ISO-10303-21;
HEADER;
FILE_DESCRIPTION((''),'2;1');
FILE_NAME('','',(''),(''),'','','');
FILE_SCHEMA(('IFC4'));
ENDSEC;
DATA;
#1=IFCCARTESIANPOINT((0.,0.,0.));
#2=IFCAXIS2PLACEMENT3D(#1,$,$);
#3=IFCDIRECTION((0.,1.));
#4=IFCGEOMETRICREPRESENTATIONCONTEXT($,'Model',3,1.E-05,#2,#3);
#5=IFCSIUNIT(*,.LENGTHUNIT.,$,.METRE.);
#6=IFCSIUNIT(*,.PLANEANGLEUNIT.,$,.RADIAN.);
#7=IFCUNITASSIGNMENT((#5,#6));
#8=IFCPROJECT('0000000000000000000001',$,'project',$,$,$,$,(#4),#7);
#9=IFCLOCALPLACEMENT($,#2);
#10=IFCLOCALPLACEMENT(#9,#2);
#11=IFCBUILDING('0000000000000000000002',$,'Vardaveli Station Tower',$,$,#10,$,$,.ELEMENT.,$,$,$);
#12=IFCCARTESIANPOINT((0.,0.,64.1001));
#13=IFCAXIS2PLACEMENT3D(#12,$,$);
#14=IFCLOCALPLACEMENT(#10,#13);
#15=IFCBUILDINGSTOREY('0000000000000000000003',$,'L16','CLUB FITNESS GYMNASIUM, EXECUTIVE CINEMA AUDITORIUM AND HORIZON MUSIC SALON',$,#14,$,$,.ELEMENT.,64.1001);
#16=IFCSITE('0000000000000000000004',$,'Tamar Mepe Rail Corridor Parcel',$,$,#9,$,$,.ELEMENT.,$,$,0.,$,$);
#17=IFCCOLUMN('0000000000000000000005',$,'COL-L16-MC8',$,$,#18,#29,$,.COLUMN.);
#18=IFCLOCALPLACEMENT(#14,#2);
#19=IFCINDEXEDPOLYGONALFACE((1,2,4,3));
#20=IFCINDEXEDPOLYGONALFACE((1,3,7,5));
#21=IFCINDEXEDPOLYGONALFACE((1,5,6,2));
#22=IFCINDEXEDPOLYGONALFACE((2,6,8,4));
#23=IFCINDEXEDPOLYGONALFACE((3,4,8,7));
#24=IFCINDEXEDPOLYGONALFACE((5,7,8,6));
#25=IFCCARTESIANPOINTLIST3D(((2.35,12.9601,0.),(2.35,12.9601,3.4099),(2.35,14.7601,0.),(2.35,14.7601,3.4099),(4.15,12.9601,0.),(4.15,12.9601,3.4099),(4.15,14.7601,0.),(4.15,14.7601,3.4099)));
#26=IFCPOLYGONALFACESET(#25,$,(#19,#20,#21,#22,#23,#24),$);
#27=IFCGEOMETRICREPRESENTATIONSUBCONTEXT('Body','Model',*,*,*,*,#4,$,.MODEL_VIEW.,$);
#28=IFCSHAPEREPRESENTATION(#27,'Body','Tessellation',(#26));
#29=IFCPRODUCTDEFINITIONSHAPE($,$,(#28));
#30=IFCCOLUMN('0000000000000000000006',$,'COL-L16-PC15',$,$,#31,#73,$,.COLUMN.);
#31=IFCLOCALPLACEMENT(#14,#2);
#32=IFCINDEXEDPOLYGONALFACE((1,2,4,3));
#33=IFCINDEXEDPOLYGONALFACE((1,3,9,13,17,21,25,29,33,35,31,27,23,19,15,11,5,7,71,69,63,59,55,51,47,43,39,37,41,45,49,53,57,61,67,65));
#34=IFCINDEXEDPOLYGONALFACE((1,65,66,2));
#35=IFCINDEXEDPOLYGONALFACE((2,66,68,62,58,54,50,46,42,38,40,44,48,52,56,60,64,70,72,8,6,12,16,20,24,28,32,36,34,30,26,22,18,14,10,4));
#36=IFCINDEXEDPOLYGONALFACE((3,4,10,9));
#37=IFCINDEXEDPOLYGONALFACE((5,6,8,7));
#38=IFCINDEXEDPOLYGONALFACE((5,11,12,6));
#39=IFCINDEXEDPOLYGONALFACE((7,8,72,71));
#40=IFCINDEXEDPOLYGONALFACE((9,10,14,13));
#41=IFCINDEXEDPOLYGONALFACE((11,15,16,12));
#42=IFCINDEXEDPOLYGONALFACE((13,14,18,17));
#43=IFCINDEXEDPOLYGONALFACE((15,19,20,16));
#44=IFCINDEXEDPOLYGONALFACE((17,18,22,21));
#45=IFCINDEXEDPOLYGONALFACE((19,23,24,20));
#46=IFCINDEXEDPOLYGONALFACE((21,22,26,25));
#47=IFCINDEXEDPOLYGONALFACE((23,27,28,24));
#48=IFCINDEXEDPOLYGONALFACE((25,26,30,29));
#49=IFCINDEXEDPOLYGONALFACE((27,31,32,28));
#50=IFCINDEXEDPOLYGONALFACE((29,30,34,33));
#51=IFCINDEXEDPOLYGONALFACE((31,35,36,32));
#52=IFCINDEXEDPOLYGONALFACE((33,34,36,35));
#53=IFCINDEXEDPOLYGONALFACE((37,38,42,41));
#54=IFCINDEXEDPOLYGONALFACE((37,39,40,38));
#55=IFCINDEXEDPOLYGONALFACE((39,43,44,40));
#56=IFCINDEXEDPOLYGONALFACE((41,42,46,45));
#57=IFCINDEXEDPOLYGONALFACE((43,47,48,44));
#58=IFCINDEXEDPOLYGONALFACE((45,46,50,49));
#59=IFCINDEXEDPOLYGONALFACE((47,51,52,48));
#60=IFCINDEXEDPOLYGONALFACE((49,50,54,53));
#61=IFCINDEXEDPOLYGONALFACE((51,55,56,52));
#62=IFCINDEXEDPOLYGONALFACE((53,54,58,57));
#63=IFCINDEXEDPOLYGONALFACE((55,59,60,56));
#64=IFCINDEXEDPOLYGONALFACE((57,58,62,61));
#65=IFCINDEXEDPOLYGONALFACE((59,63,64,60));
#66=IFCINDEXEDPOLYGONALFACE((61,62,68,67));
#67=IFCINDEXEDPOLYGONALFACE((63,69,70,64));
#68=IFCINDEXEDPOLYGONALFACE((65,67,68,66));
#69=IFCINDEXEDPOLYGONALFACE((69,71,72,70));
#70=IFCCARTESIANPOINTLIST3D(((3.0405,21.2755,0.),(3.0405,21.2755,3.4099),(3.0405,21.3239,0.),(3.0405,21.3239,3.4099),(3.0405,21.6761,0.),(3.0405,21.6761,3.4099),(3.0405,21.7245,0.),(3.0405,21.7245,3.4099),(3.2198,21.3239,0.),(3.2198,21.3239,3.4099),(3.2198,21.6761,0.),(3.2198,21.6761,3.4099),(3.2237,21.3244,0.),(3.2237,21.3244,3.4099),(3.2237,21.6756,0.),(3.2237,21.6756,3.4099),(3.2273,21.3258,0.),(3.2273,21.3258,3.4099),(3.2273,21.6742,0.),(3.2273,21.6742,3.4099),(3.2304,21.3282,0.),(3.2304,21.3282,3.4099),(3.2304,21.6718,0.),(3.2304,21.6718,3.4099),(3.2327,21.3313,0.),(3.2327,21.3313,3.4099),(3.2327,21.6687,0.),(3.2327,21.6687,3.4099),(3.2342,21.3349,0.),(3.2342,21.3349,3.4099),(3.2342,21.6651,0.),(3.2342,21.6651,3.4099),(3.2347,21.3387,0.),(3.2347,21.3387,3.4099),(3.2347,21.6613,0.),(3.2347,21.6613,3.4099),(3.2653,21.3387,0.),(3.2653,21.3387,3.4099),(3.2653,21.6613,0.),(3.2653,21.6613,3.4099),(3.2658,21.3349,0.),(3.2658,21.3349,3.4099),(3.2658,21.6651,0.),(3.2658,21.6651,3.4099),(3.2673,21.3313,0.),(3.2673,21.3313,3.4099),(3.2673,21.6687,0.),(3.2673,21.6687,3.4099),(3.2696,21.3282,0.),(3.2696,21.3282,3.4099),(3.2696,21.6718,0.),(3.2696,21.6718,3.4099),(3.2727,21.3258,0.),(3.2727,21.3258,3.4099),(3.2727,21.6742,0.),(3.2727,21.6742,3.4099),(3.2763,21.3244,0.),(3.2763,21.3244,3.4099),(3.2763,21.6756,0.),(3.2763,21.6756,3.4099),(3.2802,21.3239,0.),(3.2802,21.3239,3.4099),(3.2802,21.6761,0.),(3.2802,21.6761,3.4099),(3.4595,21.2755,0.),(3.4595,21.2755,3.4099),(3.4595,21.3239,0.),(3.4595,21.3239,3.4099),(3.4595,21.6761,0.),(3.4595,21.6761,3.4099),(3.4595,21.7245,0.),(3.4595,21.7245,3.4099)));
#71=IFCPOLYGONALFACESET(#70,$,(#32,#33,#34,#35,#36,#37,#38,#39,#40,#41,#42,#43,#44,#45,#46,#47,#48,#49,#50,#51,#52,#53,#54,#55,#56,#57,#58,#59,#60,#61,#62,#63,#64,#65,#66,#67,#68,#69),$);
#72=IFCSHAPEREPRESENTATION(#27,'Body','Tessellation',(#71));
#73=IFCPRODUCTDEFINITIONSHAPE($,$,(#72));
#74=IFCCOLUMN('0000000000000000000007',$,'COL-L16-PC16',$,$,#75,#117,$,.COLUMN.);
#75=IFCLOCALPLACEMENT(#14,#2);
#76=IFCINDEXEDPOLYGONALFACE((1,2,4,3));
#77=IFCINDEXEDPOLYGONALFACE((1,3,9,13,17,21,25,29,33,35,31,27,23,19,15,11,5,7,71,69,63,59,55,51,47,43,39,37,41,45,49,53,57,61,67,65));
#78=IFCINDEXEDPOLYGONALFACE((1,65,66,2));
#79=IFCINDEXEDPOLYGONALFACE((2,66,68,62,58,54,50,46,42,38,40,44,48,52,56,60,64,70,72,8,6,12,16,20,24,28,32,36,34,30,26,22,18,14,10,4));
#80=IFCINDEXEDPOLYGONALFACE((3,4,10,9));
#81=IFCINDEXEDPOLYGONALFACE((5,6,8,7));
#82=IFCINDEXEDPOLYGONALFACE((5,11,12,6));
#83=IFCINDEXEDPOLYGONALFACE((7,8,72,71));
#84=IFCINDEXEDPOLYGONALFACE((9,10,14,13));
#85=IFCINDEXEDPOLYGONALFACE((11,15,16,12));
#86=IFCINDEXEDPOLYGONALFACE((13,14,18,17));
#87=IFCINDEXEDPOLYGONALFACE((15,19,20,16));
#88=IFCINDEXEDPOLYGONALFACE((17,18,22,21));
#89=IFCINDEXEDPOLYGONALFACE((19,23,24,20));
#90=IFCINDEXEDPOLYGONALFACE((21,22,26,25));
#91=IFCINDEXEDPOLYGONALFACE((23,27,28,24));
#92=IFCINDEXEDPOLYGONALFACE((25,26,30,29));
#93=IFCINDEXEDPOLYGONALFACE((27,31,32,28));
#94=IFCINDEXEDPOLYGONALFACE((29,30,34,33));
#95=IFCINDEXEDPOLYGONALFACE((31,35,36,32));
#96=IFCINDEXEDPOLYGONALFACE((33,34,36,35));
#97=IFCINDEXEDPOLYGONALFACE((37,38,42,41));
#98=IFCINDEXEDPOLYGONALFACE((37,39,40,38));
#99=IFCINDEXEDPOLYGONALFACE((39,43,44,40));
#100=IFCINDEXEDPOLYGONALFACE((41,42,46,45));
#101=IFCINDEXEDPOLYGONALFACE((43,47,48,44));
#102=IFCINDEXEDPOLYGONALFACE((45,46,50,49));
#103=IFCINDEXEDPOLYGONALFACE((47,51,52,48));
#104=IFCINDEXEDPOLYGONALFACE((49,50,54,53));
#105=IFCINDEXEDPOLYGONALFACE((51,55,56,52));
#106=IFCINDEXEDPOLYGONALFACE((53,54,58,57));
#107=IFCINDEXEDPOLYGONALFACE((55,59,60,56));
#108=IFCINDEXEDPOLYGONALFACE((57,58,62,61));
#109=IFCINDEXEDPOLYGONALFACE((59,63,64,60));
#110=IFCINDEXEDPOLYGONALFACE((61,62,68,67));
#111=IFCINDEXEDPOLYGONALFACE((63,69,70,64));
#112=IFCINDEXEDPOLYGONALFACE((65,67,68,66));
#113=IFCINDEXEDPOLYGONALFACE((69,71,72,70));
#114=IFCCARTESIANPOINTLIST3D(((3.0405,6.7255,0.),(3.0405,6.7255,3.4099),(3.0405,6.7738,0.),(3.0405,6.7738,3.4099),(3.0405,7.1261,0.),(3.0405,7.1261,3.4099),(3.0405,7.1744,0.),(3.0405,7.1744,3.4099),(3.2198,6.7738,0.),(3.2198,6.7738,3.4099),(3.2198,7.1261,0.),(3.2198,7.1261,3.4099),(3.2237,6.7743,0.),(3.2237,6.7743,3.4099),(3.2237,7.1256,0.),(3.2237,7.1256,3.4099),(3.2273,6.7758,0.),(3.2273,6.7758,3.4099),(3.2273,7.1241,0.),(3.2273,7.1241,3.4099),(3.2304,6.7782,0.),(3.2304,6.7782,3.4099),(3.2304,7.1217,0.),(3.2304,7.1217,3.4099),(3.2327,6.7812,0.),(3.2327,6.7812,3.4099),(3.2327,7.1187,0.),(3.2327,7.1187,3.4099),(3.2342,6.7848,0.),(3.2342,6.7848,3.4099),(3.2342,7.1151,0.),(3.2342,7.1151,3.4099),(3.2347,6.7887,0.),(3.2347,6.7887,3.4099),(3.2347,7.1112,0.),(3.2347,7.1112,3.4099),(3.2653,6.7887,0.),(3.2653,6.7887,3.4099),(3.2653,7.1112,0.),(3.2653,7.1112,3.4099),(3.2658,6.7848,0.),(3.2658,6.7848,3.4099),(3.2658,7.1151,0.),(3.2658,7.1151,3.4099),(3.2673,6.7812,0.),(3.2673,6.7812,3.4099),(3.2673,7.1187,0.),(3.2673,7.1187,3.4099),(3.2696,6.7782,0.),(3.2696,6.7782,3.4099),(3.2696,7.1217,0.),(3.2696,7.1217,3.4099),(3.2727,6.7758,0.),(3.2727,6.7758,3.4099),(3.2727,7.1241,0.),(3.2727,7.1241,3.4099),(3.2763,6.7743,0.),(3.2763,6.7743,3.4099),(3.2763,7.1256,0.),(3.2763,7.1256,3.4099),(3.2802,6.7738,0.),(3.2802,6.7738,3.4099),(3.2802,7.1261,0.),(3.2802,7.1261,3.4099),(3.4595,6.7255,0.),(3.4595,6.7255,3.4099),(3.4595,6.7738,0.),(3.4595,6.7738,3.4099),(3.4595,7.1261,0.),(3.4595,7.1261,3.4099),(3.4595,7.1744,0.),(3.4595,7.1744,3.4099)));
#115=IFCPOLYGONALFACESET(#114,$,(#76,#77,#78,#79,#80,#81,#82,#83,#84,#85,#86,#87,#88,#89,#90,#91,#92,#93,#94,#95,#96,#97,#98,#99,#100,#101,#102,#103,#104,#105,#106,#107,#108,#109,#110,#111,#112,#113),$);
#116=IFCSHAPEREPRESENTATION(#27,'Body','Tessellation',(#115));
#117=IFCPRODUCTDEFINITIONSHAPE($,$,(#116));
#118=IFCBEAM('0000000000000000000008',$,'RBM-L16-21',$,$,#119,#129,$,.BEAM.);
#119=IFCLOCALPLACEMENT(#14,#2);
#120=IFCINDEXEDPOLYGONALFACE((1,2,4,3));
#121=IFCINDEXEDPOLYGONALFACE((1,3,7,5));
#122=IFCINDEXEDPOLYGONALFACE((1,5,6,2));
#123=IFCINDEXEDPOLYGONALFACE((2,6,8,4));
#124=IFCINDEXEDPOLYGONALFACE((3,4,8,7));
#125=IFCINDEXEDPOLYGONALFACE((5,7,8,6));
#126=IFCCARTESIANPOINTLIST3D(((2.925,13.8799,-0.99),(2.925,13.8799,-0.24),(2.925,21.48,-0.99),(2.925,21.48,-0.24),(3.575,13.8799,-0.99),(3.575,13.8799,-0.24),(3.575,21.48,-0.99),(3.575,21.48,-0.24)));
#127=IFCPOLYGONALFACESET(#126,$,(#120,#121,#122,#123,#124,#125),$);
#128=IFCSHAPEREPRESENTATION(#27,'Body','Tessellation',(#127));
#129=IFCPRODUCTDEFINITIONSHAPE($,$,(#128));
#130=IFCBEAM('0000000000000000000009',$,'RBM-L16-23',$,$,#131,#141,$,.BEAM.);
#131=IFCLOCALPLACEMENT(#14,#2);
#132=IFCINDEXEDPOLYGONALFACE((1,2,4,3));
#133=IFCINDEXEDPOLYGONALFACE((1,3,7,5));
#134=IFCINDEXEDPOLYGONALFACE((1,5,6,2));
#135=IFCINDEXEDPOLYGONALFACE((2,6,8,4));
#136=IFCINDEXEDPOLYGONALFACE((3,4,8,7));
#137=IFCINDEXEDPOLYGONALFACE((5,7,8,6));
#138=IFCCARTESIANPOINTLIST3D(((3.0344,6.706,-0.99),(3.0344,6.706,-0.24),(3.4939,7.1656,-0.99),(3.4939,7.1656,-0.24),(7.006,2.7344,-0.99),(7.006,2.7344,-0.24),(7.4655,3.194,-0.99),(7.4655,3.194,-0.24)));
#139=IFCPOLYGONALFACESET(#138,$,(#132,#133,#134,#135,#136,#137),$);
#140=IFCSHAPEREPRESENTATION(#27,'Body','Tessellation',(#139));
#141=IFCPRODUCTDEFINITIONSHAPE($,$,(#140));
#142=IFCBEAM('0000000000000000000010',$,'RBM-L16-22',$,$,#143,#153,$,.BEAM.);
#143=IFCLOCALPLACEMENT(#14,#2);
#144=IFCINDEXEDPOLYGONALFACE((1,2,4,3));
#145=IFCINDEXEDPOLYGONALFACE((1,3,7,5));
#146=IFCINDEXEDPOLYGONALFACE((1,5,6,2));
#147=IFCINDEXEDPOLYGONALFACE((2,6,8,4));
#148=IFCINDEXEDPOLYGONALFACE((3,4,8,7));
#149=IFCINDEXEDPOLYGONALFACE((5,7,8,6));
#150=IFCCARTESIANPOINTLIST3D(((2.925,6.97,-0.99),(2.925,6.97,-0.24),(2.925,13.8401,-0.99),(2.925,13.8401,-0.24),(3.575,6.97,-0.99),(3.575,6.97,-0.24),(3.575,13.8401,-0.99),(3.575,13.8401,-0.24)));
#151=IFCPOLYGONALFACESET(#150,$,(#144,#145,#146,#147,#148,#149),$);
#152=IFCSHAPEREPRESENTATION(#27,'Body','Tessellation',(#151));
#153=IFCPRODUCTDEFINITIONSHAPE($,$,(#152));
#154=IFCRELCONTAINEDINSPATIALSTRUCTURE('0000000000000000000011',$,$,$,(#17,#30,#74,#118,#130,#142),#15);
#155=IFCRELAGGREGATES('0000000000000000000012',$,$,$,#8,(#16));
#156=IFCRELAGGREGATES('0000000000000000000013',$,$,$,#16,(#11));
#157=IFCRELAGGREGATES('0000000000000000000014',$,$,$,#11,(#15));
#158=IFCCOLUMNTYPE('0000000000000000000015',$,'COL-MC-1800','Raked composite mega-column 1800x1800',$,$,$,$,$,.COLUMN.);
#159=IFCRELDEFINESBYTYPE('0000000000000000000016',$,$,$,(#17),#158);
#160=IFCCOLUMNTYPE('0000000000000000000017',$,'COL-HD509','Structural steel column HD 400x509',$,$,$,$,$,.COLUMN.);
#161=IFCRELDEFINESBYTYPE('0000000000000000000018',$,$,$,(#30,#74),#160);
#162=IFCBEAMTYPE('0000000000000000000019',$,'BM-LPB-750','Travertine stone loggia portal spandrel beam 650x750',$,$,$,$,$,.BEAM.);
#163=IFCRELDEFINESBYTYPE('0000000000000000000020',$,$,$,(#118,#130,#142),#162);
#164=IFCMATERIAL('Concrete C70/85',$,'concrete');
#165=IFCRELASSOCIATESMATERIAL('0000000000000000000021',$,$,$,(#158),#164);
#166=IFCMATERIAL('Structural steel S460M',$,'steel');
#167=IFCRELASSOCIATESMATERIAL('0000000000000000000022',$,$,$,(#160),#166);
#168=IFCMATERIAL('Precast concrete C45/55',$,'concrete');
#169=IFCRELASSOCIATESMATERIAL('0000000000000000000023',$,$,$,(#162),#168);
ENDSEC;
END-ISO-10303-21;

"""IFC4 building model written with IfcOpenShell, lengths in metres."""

from ifc_helpers import new_model, si_unit, direction, frame, origin, origin_2d, place, context, subcontext, project, spatial, rectangle, i_section, extrude, source, transform, mapped, material, material_profile, profile_set, type_object, element, save


model = new_model("IFC4")

# Units and contexts
model_context = context("Model", 3, precision=1e-05, world=origin(), true_north=direction((0.0, 1.0)))
body_context = subcontext(model_context, "Body", "Model", "MODEL_VIEW")
ifc_project = project(units=[si_unit("LENGTHUNIT", "METRE"), si_unit("PLANEANGLEUNIT", "RADIAN")], contexts=[model_context])

# Site, building, storey
site_placement = place(None, origin())
site = spatial("IfcSite", under=ifc_project, at=site_placement, Name="Tamar Mepe Rail Corridor Parcel", CompositionType="ELEMENT", RefElevation=0.0)
building_placement = place(site_placement, origin())
building = spatial("IfcBuilding", under=site, at=building_placement, Name="Vardaveli Station Tower", CompositionType="ELEMENT")
storey_placement = place(building_placement, frame((0.0, 0.0, 64.1001)))
storey = spatial("IfcBuildingStorey", under=building, at=storey_placement, Name="L16", Description="CLUB FITNESS GYMNASIUM, EXECUTIVE CINEMA AUDITORIUM AND HORIZON MUSIC SALON", CompositionType="ELEMENT", Elevation=64.1001)

# Columns
ifc_material_1 = material(Name="Concrete C70/85", Category="concrete")
ifc_material_profile_1 = material_profile(ifc_material_1, rectangle(XDim=1.8, YDim=1.8, at=origin_2d()), Name="MC 1800x1800")
ifc_profile_set_1 = profile_set([ifc_material_profile_1], Name="Concrete C70/85")
column_type_1 = type_object("IfcColumnType", Name="COL-MC-1800", Description="Raked composite mega-column 1800x1800", PredefinedType="COLUMN", material=ifc_profile_set_1)
shared_shape_1 = source(origin(), body_context, "Body", "SweptSolid", [
    extrude(rectangle(XDim=1.8, YDim=1.8, at=origin_2d()), origin(), (0.0, 0.0, 1.0), 3.4099),
])
column_placement = place(storey_placement, frame((3.25, 13.8601, 0.0), z_axis=(0.0, 0.0, 1.0), x_axis=(1.0, 0.0, 0.0)))
element("IfcColumn", 1, at=column_placement, inside=storey, type_object=column_type_1, Name="COL-L16-MC8", PredefinedType="COLUMN", context=body_context, shape_type="MappedRepresentation", body=[
    mapped(shared_shape_1, transform((0.0, 0.0, 0.0), scale=1.0)),
])
ifc_material_2 = material(Name="Structural steel S460M", Category="steel")
ifc_material_profile_2 = material_profile(ifc_material_2, i_section(OverallWidth=0.4189, OverallDepth=0.449, WebThickness=0.0305, FlangeThickness=0.0483, FilletRadius=0.0149, at=origin_2d()), Name="HD 400x509")
ifc_profile_set_2 = profile_set([ifc_material_profile_2], Name="Structural steel S460M")
column_type_2 = type_object("IfcColumnType", Name="COL-HD509", Description="Structural steel column HD 400x509", PredefinedType="COLUMN", material=ifc_profile_set_2)
shared_shape_2 = source(origin(), body_context, "Body", "SweptSolid", [
    extrude(i_section(OverallWidth=0.4189, OverallDepth=0.449, WebThickness=0.0305, FlangeThickness=0.0483, FilletRadius=0.0149, at=origin_2d()), origin(), (0.0, 0.0, 1.0), 3.4099),
])
for number, where, z_axis, x_axis, name in (
    (2, (3.25, 21.5, 0.0), (0.0, 0.0, 1.0), (1.0, 0.0, 0.0), "COL-L16-PC15"),
    (3, (3.25, 6.95, 0.0), (0.0, 0.0, 1.0), (1.0, 0.0, 0.0), "COL-L16-PC16"),
):
    element("IfcColumn", number, at=place(storey_placement, frame(where, z_axis=z_axis, x_axis=x_axis)), inside=storey, type_object=column_type_2, Name=name, PredefinedType="COLUMN", context=body_context, shape_type="MappedRepresentation", body=[
        mapped(shared_shape_2, transform((0.0, 0.0, 0.0), scale=1.0)),
    ])

# Beams
ifc_material_3 = material(Name="Precast concrete C45/55", Category="concrete")
ifc_material_profile_3 = material_profile(ifc_material_3, rectangle(XDim=0.6499, YDim=0.75, at=origin_2d()), Name="LPB 650x750")
ifc_profile_set_3 = profile_set([ifc_material_profile_3], Name="Precast concrete C45/55")
beam_type_1 = type_object("IfcBeamType", Name="BM-LPB-750", Description="Travertine stone loggia portal spandrel beam 650x750", PredefinedType="BEAM", material=ifc_profile_set_3)
shared_shape_3 = source(origin(), body_context, "Body", "SweptSolid", [
    extrude(rectangle(XDim=0.6499, YDim=0.75, at=origin_2d()), origin(), (0.0, 0.0, 1.0), 7.6001),
])
beam_1_placement = place(storey_placement, frame((3.25, 21.48, -0.615), z_axis=(0.0, -1.0, 0.0), x_axis=(1.0, 0.0, 0.0)))
element("IfcBeam", 4, at=beam_1_placement, inside=storey, type_object=beam_type_1, Name="RBM-L16-21", PredefinedType="BEAM", context=body_context, shape_type="MappedRepresentation", body=[
    mapped(shared_shape_3, transform((0.0, 0.0, 0.0), scale=1.0)),
])
shared_shape_4 = source(origin(), body_context, "Body", "SweptSolid", [
    extrude(rectangle(XDim=0.6499, YDim=0.75, at=origin_2d()), origin(), (0.0, 0.0, 1.0), 5.6167),
])
beam_2_placement = place(storey_placement, frame((3.2642, 6.9358, -0.615), z_axis=(0.707107, -0.707107, 0.0), x_axis=(0.707107, 0.707107, 0.0)))
element("IfcBeam", 5, at=beam_2_placement, inside=storey, type_object=beam_type_1, Name="RBM-L16-23", PredefinedType="BEAM", context=body_context, shape_type="MappedRepresentation", body=[
    mapped(shared_shape_4, transform((0.0, 0.0, 0.0), scale=1.0)),
])
shared_shape_5 = source(origin(), body_context, "Body", "SweptSolid", [
    extrude(rectangle(XDim=0.6499, YDim=0.75, at=origin_2d()), origin(), (0.0, 0.0, 1.0), 6.8701),
])
beam_3_placement = place(storey_placement, frame((3.25, 13.8401, -0.615), z_axis=(0.0, -1.0, 0.0), x_axis=(1.0, 0.0, 0.0)))
element("IfcBeam", 6, at=beam_3_placement, inside=storey, type_object=beam_type_1, Name="RBM-L16-22", PredefinedType="BEAM", context=body_context, shape_type="MappedRepresentation", body=[
    mapped(shared_shape_5, transform((0.0, 0.0, 0.0), scale=1.0)),
])

save(model, "model.ifc")
